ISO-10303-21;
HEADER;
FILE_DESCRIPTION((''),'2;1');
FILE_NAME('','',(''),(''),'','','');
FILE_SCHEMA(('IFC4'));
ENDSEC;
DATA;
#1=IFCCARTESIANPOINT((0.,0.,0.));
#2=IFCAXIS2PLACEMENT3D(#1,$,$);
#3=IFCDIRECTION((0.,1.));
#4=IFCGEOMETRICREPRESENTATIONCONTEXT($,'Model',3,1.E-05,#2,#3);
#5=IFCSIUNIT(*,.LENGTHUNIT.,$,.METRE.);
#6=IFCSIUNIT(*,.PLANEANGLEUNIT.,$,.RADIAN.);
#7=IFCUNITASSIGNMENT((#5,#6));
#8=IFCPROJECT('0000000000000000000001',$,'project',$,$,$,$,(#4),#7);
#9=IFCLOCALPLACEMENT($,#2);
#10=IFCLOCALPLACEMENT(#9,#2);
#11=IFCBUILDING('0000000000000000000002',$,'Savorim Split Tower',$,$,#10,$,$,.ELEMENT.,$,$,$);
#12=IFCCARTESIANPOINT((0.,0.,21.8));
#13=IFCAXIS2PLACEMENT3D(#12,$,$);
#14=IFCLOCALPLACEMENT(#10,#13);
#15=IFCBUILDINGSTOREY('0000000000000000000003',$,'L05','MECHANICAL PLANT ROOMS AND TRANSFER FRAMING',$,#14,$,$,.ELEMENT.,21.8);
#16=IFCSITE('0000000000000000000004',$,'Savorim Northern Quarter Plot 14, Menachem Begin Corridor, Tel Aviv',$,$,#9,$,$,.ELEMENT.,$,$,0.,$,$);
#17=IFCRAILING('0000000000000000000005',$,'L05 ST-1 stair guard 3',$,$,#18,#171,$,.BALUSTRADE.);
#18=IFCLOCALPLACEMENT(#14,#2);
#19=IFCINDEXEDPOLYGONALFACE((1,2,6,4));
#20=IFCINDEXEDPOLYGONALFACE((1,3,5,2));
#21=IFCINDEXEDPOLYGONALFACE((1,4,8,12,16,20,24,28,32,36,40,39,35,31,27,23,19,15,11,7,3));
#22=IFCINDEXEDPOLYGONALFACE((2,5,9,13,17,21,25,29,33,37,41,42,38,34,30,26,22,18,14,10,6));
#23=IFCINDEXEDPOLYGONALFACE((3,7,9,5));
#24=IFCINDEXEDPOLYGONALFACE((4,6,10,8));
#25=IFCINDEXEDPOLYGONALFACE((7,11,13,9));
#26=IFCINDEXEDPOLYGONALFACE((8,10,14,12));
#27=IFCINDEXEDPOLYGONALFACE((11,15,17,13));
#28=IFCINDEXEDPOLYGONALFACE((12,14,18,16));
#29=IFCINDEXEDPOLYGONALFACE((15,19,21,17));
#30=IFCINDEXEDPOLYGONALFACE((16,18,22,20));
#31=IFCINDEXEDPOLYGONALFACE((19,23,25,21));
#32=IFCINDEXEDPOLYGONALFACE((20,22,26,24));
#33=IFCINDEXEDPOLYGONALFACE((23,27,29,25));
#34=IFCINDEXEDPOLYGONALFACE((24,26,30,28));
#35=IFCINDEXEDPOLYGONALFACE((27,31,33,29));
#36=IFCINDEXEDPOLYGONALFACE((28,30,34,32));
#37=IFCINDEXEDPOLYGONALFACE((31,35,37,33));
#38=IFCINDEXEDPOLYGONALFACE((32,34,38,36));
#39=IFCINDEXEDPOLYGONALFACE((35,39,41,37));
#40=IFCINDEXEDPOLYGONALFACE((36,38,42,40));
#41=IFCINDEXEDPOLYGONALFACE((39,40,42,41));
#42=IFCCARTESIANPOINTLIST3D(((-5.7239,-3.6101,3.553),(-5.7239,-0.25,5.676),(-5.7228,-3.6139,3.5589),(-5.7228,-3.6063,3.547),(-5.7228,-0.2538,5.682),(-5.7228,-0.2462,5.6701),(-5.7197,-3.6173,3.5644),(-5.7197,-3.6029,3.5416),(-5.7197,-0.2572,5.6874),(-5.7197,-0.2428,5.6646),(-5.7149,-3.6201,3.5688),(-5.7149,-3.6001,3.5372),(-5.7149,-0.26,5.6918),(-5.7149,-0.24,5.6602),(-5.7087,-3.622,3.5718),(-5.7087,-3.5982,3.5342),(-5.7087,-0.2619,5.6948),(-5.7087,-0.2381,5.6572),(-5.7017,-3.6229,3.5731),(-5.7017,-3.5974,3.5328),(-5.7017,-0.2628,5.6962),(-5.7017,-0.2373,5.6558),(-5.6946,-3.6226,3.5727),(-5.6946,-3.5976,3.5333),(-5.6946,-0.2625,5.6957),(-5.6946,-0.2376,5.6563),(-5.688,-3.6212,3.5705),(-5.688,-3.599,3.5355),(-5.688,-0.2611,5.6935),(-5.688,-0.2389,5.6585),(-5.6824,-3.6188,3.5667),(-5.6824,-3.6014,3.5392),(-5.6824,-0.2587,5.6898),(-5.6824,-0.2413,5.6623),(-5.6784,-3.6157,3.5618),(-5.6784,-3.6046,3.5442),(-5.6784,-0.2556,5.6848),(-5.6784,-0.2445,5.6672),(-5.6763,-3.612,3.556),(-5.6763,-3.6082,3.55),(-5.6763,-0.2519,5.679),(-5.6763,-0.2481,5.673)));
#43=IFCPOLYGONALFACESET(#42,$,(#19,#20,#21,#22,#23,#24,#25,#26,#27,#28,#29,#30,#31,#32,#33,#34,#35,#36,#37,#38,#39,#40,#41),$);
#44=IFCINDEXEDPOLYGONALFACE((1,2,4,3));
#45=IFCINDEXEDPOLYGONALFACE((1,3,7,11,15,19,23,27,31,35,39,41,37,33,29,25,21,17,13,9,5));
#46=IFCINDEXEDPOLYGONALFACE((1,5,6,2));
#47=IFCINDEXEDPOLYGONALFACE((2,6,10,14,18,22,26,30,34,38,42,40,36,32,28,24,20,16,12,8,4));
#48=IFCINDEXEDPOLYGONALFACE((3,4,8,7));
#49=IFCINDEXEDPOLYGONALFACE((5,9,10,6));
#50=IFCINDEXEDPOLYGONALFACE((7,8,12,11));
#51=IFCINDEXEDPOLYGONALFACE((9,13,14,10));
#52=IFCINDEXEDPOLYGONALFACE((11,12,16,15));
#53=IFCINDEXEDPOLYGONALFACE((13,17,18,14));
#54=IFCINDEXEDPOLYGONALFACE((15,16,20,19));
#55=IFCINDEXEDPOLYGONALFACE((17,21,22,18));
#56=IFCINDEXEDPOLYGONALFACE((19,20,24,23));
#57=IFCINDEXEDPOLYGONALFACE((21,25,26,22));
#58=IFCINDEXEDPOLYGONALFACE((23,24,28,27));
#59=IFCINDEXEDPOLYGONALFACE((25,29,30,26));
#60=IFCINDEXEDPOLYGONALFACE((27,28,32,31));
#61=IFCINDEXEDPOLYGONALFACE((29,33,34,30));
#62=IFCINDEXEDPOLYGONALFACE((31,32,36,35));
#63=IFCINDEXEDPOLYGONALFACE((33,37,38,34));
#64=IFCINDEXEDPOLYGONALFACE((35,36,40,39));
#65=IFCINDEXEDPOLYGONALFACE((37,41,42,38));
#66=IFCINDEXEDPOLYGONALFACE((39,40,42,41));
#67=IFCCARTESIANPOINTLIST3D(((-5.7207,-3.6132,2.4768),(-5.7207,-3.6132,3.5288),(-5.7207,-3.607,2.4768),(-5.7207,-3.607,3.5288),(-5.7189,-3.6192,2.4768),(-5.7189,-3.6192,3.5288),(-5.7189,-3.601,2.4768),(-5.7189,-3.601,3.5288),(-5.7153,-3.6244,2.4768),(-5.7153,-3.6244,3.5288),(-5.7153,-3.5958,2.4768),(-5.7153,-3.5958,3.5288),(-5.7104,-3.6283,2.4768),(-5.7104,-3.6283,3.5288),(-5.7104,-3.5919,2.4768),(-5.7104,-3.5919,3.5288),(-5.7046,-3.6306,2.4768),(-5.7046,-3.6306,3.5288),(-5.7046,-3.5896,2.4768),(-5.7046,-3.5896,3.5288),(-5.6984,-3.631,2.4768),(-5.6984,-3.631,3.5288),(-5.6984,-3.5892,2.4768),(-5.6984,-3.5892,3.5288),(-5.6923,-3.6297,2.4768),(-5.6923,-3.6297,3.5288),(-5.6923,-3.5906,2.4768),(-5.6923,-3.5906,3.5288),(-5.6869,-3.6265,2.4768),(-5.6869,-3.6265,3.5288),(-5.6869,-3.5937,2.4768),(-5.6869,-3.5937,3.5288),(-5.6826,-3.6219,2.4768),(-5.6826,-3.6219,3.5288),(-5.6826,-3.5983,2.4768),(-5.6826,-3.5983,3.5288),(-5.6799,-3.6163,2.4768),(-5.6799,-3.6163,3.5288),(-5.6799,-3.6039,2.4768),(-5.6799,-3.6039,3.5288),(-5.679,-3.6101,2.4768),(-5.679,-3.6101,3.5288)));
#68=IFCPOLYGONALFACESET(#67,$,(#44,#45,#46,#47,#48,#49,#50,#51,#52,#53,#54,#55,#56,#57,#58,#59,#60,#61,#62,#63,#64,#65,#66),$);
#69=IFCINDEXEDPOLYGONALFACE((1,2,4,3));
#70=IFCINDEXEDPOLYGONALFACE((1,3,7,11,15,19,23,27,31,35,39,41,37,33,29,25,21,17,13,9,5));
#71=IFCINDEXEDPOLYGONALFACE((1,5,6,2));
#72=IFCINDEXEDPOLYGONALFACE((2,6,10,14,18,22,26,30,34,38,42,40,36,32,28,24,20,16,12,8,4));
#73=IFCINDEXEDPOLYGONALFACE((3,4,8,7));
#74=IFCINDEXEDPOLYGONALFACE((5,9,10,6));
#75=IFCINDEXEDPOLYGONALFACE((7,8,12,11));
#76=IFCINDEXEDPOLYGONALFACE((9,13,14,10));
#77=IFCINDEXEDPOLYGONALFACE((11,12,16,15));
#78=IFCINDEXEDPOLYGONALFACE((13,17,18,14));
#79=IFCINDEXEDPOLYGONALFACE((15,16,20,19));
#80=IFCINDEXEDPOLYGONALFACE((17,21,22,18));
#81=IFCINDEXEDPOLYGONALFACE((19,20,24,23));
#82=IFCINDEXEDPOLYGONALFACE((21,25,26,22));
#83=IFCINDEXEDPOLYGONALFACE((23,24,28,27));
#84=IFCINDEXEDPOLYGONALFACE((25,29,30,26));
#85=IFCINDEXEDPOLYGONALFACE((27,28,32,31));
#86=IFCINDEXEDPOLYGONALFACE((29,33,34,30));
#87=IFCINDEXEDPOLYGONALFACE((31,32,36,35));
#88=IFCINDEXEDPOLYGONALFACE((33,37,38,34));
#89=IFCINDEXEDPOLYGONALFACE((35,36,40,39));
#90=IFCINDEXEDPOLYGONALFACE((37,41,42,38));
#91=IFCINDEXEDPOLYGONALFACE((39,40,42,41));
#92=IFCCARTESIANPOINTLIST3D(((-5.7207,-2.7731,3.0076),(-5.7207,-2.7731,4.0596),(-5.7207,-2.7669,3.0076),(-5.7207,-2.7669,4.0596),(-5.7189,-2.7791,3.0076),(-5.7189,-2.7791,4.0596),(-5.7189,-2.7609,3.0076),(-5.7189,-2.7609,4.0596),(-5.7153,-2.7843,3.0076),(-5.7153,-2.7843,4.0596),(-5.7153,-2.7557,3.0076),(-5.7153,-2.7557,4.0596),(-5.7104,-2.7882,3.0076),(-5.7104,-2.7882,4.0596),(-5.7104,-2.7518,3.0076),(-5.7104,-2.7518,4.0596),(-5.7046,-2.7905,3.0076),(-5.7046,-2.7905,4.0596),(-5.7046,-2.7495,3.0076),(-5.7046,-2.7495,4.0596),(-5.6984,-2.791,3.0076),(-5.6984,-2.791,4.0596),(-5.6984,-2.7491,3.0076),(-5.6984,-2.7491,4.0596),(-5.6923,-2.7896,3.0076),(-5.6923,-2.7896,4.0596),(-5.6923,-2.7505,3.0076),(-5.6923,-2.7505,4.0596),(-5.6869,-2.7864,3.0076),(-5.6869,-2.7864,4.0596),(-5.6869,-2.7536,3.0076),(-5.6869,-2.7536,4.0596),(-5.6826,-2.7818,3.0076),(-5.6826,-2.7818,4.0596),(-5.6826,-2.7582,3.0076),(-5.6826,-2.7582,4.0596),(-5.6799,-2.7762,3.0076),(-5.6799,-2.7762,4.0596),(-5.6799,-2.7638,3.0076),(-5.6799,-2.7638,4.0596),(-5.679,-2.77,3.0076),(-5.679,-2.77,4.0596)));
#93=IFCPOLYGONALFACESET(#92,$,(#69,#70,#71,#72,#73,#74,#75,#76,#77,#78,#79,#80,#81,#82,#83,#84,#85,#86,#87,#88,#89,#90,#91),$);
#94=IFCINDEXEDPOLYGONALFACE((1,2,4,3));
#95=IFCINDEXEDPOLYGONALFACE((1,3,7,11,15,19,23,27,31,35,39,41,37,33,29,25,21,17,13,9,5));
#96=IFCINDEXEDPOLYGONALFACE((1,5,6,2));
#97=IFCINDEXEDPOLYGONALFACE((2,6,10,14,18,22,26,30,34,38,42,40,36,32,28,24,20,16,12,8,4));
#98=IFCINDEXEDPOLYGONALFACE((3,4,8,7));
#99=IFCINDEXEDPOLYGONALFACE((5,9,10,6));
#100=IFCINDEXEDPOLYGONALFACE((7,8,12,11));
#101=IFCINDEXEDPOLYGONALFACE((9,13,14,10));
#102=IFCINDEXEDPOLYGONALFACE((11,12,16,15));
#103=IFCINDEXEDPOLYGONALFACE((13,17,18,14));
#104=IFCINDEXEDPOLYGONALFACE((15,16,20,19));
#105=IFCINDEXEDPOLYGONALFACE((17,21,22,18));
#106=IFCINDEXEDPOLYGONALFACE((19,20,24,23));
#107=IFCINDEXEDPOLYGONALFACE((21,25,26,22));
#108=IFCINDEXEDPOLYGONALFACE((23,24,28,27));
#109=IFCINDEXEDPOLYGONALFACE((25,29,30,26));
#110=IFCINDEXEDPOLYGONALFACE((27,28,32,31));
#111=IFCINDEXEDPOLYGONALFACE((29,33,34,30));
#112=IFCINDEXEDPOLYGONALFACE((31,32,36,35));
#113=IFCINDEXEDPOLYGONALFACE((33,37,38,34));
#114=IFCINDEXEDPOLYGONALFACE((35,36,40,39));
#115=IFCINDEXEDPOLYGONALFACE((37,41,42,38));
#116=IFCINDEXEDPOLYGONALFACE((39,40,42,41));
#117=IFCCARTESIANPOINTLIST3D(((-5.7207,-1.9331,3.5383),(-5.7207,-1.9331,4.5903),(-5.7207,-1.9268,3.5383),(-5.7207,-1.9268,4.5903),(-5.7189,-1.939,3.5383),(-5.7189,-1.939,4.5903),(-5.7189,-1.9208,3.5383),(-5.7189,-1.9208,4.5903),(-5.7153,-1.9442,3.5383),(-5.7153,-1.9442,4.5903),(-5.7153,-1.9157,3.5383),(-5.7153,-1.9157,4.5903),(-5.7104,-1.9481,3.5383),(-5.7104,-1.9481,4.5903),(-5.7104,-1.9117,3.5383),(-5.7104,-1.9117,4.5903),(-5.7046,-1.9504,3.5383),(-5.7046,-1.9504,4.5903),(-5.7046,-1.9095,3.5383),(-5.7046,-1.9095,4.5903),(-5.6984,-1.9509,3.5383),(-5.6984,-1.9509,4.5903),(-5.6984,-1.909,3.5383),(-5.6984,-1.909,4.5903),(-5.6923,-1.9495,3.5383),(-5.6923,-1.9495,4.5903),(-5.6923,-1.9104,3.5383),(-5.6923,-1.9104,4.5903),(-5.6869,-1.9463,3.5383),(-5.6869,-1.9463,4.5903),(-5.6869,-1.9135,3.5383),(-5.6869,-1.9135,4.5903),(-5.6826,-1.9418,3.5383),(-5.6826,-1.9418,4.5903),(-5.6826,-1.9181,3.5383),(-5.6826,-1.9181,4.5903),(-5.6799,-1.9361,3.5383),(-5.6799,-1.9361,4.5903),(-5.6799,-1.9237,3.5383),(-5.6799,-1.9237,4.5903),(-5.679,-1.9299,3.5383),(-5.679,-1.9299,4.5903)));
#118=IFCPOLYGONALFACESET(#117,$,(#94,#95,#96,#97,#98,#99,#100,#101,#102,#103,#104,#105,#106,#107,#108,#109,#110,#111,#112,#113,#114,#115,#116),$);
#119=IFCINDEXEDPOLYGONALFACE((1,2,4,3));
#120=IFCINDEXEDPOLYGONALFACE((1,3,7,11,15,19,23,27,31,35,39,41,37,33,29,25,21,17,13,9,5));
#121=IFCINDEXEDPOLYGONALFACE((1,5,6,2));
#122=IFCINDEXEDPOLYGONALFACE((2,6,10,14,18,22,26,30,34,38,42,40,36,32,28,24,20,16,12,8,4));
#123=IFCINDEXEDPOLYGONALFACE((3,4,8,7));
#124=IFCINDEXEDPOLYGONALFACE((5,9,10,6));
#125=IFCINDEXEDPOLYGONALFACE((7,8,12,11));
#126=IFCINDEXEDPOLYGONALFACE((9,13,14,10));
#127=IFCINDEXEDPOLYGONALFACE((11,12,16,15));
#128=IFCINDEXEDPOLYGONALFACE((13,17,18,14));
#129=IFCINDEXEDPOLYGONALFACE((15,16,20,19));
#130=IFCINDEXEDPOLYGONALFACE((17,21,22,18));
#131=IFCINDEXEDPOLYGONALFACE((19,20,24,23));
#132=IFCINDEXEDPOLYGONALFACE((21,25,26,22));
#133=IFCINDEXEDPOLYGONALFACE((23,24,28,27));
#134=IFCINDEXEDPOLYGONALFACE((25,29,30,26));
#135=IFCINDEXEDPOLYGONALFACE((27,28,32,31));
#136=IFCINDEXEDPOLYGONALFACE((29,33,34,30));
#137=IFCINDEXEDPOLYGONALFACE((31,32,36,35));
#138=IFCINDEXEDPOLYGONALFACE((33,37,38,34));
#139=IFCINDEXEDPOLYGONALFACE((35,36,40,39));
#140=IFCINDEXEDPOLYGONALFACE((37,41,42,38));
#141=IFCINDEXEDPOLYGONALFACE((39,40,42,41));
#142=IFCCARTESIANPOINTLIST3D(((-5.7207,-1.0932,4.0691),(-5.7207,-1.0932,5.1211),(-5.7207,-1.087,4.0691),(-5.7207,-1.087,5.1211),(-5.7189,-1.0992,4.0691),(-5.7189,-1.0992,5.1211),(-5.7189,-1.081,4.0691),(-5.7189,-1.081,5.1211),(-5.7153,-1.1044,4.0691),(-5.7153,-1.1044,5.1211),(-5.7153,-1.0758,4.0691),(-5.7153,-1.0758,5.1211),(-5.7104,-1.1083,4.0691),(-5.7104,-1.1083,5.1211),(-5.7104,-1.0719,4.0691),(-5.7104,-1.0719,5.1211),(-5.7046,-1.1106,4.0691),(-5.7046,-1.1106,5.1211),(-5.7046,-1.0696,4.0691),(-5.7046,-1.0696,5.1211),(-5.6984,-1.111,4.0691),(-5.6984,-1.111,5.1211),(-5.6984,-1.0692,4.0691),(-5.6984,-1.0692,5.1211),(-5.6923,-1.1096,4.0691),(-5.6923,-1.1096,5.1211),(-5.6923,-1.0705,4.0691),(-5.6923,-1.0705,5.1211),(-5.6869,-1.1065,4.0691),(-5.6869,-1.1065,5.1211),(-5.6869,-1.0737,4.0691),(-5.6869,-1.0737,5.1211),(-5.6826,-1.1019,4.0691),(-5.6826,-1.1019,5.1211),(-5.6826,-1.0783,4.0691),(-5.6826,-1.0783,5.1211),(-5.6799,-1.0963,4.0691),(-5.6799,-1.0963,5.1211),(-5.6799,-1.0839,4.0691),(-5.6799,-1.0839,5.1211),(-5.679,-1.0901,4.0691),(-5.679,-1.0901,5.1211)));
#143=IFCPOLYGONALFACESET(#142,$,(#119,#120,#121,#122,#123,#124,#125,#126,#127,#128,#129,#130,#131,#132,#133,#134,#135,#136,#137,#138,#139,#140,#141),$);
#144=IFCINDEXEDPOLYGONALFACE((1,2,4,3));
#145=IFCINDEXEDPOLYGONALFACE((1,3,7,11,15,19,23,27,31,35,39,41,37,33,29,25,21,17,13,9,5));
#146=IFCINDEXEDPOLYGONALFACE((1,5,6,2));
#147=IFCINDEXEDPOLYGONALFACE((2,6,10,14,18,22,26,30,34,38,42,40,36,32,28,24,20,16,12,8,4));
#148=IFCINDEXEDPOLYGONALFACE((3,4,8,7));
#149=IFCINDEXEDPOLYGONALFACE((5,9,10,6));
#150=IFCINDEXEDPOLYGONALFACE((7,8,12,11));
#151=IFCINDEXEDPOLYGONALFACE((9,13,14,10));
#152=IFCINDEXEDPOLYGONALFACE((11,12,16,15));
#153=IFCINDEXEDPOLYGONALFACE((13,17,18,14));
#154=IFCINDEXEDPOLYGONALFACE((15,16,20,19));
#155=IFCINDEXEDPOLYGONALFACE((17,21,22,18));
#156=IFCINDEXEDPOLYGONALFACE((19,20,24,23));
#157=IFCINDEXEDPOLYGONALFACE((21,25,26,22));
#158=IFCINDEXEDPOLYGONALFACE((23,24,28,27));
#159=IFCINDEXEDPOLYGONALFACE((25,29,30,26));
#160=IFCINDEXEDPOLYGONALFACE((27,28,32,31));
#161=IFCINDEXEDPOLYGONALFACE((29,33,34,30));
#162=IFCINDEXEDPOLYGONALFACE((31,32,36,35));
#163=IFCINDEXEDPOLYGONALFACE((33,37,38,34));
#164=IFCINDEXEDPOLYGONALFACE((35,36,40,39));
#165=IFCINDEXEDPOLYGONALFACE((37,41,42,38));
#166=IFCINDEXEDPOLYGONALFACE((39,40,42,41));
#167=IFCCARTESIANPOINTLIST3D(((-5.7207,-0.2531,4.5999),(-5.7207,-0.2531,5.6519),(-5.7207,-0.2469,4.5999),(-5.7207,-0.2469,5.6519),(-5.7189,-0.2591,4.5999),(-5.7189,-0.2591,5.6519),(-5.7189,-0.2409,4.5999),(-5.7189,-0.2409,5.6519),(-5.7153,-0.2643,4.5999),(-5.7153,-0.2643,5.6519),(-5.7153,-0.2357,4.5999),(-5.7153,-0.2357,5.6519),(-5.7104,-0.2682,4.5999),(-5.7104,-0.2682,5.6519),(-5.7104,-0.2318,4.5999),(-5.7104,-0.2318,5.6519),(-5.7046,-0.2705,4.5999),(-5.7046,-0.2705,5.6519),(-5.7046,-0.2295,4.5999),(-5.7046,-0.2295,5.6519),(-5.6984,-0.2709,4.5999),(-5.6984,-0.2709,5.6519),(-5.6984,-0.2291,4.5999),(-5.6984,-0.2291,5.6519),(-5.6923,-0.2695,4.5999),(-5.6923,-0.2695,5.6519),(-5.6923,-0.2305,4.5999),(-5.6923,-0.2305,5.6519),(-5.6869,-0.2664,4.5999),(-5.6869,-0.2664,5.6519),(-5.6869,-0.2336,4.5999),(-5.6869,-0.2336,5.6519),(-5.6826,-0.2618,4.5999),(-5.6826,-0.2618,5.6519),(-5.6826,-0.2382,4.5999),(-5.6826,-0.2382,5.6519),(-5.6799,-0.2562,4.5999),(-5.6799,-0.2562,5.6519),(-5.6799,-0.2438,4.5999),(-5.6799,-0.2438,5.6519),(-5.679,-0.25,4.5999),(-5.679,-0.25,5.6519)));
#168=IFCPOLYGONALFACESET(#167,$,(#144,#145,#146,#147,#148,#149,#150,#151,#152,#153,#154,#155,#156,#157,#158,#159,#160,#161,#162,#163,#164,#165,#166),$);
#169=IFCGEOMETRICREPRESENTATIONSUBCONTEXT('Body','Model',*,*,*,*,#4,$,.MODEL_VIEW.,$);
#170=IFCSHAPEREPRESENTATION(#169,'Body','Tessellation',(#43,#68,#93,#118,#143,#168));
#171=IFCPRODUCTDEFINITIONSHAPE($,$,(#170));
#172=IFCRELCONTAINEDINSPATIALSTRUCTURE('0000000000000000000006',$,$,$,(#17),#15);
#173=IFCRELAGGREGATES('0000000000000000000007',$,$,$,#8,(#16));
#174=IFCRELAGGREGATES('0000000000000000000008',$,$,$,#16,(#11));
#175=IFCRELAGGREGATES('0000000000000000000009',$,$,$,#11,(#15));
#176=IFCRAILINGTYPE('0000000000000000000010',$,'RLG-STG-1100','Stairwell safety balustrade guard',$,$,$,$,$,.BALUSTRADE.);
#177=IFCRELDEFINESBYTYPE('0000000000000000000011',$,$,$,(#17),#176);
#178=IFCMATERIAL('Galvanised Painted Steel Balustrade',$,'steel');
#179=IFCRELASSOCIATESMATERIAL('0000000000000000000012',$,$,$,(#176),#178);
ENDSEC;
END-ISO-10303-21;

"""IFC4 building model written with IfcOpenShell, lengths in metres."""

from ifc_helpers import new_model, si_unit, direction, frame, origin, origin_2d, place, context, subcontext, project, spatial, circle, extrude, material, type_object, element, save


model = new_model("IFC4")

# Units and contexts
model_context = context("Model", 3, precision=1e-05, world=origin(), true_north=direction((0.0, 1.0)))
body_context = subcontext(model_context, "Body", "Model", "MODEL_VIEW")
ifc_project = project(units=[si_unit("LENGTHUNIT", "METRE"), si_unit("PLANEANGLEUNIT", "RADIAN")], contexts=[model_context])

# Site, building, storey
site_placement = place(None, origin())
site = spatial("IfcSite", under=ifc_project, at=site_placement, Name="Savorim Northern Quarter Plot 14, Menachem Begin Corridor, Tel Aviv", CompositionType="ELEMENT", RefElevation=0.0)
building_placement = place(site_placement, origin())
building = spatial("IfcBuilding", under=site, at=building_placement, Name="Savorim Split Tower", CompositionType="ELEMENT")
storey_placement = place(building_placement, frame((0.0, 0.0, 21.8)))
storey = spatial("IfcBuildingStorey", under=building, at=storey_placement, Name="L05", Description="MECHANICAL PLANT ROOMS AND TRANSFER FRAMING", CompositionType="ELEMENT", Elevation=21.8)

# Railing
ifc_material_1 = material(Name="Galvanised Painted Steel Balustrade", Category="steel")
railing_type_1 = type_object("IfcRailingType", Name="RLG-STG-1100", Description="Stairwell safety balustrade guard", PredefinedType="BALUSTRADE", material=ifc_material_1)
railing_1_placement = place(storey_placement, frame((-5.7, -3.6101, 2.4768)))
element("IfcRailing", 1, at=railing_1_placement, inside=storey, type_object=railing_type_1, Name="L05 ST-1 stair guard 3", PredefinedType="BALUSTRADE", context=body_context, shape_type="SweptSolid", body=[
    extrude(circle(Radius=0.0239, at=origin_2d()), frame((0.0, 0.0, 1.0762), z_axis=(0.0, 0.84539, 0.53415), x_axis=(-1.0, 0.0, 0.0)), (0.0, 0.0, 1.0), 3.9746),
    extrude(circle(Radius=0.021, at=origin_2d()), origin(), (0.0, 0.0, 1.0), 1.052),
    extrude(circle(Radius=0.021, at=origin_2d()), frame((0.0, 0.8401, 0.5308)), (0.0, 0.0, 1.0), 1.052),
    extrude(circle(Radius=0.021, at=origin_2d()), frame((0.0, 1.6802, 1.0615)), (0.0, 0.0, 1.0), 1.052),
    extrude(circle(Radius=0.021, at=origin_2d()), frame((0.0, 2.52, 1.5923)), (0.0, 0.0, 1.0), 1.052),
    extrude(circle(Radius=0.021, at=origin_2d()), frame((0.0, 3.3601, 2.123)), (0.0, 0.0, 1.0), 1.052),
])

save(model, "model.ifc")
